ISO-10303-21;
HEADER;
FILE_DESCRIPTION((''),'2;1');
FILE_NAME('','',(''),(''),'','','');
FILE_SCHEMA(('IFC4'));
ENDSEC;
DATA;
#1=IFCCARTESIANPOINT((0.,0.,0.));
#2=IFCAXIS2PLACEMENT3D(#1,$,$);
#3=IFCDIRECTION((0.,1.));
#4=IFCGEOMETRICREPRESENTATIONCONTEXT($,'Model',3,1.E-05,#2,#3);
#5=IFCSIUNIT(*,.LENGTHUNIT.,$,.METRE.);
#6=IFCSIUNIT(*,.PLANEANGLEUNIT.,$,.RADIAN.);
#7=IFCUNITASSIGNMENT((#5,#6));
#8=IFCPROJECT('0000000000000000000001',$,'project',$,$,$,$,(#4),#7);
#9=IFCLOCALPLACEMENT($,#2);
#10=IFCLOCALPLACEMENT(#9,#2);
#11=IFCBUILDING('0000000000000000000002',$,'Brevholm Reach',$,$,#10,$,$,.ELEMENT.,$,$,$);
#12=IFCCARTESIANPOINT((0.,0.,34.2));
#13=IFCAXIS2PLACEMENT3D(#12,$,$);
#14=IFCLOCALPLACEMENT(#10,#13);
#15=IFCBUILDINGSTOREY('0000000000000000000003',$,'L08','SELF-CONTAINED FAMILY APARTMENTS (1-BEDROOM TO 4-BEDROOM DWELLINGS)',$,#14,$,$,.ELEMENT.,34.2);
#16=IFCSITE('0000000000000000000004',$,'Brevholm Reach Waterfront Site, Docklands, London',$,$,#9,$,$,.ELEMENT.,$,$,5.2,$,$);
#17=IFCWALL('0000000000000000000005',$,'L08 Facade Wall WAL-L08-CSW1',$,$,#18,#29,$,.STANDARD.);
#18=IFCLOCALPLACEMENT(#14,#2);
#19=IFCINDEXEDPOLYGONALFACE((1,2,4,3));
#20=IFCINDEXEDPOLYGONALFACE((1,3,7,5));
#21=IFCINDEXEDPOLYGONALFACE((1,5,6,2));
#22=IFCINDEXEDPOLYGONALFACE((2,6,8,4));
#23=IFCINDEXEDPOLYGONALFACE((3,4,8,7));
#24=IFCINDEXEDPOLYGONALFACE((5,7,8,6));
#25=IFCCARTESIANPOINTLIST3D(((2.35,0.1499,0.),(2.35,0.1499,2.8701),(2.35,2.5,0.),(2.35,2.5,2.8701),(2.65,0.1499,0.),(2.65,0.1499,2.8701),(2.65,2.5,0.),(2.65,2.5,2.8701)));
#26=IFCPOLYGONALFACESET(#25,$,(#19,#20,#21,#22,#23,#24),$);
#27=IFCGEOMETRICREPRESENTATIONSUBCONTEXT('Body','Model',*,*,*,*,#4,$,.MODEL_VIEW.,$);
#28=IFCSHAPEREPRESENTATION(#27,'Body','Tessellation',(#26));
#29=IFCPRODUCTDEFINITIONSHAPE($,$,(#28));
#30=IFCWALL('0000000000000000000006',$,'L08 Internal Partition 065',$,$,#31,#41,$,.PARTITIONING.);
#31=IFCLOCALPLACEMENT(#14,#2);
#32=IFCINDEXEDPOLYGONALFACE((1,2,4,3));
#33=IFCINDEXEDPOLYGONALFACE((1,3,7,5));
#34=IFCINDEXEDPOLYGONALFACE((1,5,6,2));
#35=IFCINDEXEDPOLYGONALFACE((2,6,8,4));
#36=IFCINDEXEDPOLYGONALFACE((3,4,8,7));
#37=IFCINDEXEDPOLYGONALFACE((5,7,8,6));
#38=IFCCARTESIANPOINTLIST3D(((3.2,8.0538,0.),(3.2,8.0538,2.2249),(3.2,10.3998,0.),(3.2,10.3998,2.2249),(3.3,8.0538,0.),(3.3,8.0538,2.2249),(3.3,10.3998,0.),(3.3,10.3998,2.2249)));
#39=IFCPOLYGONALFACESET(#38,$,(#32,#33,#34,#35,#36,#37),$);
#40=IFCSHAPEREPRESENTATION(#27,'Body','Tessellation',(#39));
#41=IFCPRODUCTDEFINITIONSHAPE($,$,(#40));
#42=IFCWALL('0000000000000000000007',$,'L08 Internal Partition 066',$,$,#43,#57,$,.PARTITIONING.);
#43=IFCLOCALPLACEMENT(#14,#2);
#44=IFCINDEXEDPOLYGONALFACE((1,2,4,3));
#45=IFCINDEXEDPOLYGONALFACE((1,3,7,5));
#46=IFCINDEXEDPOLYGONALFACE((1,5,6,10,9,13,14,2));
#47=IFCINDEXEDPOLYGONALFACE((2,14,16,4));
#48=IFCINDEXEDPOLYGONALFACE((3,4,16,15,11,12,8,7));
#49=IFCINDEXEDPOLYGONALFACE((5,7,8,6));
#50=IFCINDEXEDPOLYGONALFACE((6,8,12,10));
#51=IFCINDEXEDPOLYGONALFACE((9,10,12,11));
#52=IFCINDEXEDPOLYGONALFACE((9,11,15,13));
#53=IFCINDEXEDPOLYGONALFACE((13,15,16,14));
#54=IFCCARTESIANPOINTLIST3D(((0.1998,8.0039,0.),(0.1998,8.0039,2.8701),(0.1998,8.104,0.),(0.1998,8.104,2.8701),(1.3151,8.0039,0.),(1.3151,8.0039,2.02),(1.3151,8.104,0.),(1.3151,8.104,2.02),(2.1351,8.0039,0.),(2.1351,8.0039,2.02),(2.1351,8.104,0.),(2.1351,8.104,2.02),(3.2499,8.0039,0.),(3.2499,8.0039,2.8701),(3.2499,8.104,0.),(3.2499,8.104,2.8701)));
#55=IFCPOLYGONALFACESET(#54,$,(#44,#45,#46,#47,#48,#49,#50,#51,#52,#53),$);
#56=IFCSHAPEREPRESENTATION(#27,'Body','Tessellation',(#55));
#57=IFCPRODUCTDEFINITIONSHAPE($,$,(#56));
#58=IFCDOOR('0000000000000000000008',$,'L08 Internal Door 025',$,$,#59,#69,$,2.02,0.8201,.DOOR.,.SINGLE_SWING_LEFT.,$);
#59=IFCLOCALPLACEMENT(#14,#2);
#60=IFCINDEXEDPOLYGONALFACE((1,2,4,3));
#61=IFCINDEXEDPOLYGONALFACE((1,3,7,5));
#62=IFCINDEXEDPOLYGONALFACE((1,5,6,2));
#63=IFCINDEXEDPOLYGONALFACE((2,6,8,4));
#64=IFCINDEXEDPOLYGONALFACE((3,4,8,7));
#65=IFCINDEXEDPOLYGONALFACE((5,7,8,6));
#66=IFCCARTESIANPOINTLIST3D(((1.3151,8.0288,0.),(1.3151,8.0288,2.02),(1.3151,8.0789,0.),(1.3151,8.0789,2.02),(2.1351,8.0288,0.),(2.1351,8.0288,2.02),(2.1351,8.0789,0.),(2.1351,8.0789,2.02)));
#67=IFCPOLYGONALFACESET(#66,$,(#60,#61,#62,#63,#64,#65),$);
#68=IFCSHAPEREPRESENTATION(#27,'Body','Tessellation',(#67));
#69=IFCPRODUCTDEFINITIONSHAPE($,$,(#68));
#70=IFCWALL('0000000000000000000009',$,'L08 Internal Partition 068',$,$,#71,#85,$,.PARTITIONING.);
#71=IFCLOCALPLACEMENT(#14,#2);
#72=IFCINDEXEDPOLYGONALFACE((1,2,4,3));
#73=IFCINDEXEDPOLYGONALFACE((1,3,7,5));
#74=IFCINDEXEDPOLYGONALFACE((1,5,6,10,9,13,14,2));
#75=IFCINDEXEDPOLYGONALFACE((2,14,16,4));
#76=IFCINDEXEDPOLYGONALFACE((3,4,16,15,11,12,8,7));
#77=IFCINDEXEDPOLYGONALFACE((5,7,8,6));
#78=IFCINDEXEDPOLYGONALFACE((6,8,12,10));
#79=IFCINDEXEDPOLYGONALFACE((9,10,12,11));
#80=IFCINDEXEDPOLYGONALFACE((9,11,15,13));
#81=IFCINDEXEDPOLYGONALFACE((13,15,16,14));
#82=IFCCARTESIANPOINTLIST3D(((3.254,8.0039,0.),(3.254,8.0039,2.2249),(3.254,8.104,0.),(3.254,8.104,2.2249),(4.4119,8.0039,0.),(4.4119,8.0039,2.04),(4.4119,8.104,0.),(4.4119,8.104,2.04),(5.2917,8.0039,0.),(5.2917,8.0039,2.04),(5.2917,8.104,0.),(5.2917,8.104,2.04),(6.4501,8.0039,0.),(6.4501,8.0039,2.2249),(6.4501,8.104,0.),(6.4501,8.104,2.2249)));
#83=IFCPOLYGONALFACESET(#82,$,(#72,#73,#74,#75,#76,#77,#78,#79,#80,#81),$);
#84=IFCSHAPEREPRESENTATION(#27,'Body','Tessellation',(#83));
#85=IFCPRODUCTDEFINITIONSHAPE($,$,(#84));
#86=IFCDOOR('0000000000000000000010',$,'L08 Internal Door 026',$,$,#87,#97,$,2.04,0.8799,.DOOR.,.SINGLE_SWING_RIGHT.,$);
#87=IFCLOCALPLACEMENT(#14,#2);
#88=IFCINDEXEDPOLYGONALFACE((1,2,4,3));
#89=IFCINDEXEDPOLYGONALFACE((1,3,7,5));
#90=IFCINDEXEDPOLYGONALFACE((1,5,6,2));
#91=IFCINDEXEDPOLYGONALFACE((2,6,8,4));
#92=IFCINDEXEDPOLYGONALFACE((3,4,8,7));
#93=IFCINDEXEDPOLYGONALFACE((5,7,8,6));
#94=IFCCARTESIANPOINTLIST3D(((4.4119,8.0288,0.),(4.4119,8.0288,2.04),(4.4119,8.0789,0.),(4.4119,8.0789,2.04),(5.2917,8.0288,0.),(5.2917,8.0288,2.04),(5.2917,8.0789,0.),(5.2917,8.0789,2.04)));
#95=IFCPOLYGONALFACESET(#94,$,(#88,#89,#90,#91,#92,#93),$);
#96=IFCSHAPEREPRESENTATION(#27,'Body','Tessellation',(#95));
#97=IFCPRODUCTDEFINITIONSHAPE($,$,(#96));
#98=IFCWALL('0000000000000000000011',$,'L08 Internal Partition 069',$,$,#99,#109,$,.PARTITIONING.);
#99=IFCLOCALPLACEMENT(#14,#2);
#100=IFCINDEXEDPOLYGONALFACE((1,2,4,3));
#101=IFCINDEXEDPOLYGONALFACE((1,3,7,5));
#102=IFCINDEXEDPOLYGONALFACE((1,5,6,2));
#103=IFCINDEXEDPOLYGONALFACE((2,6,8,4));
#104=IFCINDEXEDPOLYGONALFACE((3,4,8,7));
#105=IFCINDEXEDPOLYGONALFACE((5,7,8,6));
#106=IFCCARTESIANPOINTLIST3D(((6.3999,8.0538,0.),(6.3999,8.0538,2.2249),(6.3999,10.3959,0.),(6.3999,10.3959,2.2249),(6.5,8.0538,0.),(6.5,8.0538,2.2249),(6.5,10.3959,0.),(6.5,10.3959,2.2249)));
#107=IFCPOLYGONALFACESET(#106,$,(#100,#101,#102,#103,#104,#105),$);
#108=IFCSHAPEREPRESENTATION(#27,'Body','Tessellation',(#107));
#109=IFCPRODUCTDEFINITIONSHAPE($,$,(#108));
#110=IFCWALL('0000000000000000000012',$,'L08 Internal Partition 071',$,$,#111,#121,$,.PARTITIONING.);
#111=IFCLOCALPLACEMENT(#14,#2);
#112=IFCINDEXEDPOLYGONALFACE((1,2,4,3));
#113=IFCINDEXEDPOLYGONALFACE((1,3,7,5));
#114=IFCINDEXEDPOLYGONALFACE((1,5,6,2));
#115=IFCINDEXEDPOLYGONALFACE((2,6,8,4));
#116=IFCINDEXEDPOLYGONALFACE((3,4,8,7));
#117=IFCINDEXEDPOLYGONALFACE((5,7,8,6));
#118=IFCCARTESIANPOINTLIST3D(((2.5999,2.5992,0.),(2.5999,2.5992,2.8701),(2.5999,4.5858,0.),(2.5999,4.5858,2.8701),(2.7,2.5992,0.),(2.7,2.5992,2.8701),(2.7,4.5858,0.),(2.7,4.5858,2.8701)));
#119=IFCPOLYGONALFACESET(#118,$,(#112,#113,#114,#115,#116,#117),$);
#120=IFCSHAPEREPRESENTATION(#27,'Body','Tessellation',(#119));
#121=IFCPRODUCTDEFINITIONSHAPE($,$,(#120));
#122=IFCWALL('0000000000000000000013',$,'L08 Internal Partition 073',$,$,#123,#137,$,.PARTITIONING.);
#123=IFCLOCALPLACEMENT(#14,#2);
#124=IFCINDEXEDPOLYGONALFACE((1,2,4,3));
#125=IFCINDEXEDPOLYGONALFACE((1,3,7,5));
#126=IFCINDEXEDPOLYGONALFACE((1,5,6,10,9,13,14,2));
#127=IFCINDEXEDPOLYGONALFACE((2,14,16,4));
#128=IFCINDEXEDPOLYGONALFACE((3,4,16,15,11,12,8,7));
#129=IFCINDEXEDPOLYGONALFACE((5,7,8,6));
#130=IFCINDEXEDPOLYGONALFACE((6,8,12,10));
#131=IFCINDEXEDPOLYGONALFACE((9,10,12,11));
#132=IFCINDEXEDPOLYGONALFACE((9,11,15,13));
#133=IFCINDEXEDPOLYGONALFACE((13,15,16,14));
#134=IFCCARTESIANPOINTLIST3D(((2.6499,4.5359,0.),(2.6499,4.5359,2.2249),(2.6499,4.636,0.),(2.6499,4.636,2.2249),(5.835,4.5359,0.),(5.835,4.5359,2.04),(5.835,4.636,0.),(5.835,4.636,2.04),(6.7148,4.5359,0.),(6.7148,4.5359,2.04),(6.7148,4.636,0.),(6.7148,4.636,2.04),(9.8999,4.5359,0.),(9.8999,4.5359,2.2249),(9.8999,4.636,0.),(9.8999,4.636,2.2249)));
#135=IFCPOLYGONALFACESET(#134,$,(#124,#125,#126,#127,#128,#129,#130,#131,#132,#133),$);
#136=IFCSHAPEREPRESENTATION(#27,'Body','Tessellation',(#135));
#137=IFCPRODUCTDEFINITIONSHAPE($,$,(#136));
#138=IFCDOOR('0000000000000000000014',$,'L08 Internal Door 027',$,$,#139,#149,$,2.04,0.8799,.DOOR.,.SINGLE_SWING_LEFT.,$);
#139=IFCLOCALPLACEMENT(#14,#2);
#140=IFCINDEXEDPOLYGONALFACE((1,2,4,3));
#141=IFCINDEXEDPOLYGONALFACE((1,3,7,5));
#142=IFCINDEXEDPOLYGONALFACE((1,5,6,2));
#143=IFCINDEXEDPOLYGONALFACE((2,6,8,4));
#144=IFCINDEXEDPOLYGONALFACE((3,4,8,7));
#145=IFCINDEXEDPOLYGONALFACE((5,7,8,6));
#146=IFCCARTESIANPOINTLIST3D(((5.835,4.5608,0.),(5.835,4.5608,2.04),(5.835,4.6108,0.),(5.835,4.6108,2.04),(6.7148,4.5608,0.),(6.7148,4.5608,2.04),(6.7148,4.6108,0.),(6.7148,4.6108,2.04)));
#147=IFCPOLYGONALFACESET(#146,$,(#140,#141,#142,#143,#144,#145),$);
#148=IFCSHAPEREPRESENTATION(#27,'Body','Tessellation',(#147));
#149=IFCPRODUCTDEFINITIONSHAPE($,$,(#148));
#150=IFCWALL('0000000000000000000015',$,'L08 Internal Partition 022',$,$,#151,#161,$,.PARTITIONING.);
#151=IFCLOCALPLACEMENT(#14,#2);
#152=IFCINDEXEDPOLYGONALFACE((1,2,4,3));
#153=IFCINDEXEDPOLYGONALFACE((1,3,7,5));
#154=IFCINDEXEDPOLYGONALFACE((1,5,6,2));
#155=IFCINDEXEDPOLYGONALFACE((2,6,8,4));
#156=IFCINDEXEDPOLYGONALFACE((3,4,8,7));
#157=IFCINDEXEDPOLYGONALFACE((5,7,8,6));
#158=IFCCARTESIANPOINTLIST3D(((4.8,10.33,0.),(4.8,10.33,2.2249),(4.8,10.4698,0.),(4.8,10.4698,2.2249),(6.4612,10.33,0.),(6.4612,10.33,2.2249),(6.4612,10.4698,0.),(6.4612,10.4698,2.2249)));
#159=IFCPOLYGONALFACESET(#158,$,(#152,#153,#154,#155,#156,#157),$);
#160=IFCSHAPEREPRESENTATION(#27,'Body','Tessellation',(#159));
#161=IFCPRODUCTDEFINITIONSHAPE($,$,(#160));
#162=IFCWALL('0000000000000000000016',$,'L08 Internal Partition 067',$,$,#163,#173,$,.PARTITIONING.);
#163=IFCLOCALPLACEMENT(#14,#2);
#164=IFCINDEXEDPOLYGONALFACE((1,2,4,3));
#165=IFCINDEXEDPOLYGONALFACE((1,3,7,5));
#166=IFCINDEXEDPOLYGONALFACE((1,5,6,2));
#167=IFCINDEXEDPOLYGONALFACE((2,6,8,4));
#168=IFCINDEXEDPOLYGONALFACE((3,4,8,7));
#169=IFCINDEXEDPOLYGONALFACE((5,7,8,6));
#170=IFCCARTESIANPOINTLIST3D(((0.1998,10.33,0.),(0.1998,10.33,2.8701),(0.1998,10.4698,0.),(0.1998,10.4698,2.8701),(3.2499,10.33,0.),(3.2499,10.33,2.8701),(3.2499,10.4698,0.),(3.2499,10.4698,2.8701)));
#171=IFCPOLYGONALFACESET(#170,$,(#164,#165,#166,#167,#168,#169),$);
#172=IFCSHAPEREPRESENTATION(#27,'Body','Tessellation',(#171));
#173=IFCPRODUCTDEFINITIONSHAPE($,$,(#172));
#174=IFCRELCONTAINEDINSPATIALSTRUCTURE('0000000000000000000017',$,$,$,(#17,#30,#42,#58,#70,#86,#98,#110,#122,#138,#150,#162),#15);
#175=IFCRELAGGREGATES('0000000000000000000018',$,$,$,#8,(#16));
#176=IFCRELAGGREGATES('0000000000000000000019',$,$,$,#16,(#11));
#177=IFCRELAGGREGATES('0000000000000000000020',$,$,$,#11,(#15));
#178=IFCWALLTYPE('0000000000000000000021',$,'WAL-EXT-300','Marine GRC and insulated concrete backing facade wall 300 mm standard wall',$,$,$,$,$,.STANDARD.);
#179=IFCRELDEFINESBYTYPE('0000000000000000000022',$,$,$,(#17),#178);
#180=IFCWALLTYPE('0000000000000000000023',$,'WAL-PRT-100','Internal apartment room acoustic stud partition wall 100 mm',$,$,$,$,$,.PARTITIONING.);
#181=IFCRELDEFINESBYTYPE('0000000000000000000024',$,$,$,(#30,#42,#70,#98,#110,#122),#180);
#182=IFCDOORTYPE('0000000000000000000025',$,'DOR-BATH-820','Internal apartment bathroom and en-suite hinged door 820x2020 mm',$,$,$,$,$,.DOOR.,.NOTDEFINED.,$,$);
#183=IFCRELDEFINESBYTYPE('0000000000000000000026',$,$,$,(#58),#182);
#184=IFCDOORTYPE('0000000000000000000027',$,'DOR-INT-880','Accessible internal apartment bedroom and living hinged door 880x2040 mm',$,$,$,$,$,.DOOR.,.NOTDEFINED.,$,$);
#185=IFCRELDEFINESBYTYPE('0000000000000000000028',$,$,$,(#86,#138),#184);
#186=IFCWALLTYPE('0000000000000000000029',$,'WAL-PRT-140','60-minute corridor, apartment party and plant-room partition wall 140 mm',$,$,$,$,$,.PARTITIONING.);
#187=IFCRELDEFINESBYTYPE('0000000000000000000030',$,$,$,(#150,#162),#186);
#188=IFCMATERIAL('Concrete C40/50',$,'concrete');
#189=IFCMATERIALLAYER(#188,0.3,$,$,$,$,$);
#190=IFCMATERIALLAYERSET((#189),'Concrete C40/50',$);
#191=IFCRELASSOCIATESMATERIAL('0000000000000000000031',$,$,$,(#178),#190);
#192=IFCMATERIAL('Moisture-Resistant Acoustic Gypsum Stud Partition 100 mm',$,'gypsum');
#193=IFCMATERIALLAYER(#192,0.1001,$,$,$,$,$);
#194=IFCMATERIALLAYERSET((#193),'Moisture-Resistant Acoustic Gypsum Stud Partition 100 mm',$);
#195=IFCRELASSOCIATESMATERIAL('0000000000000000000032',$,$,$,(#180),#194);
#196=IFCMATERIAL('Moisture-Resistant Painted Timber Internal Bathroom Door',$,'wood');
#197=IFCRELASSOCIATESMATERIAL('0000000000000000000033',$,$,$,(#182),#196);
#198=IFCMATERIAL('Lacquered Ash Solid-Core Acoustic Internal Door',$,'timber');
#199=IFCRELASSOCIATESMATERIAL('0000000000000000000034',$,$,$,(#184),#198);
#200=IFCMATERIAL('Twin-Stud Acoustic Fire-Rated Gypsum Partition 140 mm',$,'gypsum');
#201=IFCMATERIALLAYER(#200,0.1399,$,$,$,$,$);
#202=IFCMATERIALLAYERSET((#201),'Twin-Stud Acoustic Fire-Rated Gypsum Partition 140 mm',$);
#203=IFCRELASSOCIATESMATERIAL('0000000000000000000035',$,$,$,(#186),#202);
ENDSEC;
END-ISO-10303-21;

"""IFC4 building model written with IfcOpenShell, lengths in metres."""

from ifc_helpers import new_model, si_unit, direction, frame, frame_2d, origin, place, context, subcontext, project, spatial, rectangle, extrude, material, layer, layer_set, type_object, element, fill, save


model = new_model("IFC4")

# Units and contexts
model_context = context("Model", 3, precision=1e-05, world=origin(), true_north=direction((0.0, 1.0)))
body_context = subcontext(model_context, "Body", "Model", "MODEL_VIEW")
ifc_project = project(units=[si_unit("LENGTHUNIT", "METRE"), si_unit("PLANEANGLEUNIT", "RADIAN")], contexts=[model_context])

# Site, building, storey
site_placement = place(None, origin())
site = spatial("IfcSite", under=ifc_project, at=site_placement, Name="Brevholm Reach Waterfront Site, Docklands, London", CompositionType="ELEMENT", RefElevation=5.2)
building_placement = place(site_placement, origin())
building = spatial("IfcBuilding", under=site, at=building_placement, Name="Brevholm Reach", CompositionType="ELEMENT")
storey_placement = place(building_placement, frame((0.0, 0.0, 34.2)))
storey = spatial("IfcBuildingStorey", under=building, at=storey_placement, Name="L08", Description="SELF-CONTAINED FAMILY APARTMENTS (1-BEDROOM TO 4-BEDROOM DWELLINGS)", CompositionType="ELEMENT", Elevation=34.2)

# Walls
ifc_material_1 = material(Name="Concrete C40/50", Category="concrete")
ifc_layer_1 = layer(ifc_material_1, 0.3)
ifc_layer_set_1 = layer_set([ifc_layer_1], Name="Concrete C40/50")
wall_type_1 = type_object("IfcWallType", Name="WAL-EXT-300", Description="Marine GRC and insulated concrete backing facade wall 300 mm standard wall", PredefinedType="STANDARD", material=ifc_layer_set_1)
wall_1_placement = place(storey_placement, frame((2.5, 2.5, 0.0), z_axis=(0.0, 0.0, 1.0), x_axis=(0.0, -1.0, 0.0)))
element("IfcWall", 1, at=wall_1_placement, inside=storey, type_object=wall_type_1, Name="L08 Facade Wall WAL-L08-CSW1", PredefinedType="STANDARD", context=body_context, shape_type="SweptSolid", body=[
    extrude(rectangle(XDim=2.3501, YDim=0.3, at=frame_2d((1.175, 0.0))), origin(), (0.0, 0.0, 1.0), 2.8701),
])
ifc_material_2 = material(Name="Moisture-Resistant Acoustic Gypsum Stud Partition 100 mm", Category="gypsum")
ifc_layer_2 = layer(ifc_material_2, 0.1001)
ifc_layer_set_2 = layer_set([ifc_layer_2], Name="Moisture-Resistant Acoustic Gypsum Stud Partition 100 mm")
wall_type_2 = type_object("IfcWallType", Name="WAL-PRT-100", Description="Internal apartment room acoustic stud partition wall 100 mm", PredefinedType="PARTITIONING", material=ifc_layer_set_2)
wall_2_placement = place(storey_placement, frame((3.25, 8.054, 0.0), z_axis=(0.0, 0.0, 1.0), x_axis=(0.0, 1.0, 0.0)))
element("IfcWall", 2, at=wall_2_placement, inside=storey, type_object=wall_type_2, Name="L08 Internal Partition 065", PredefinedType="PARTITIONING", context=body_context, shape_type="SweptSolid", body=[
    extrude(rectangle(XDim=2.3459, YDim=0.1001, at=frame_2d((1.1729, 0.0))), origin(), (0.0, 0.0, 1.0), 2.2249),
])

# Walls, openings, doors
wall_3_placement = place(storey_placement, frame((0.2, 8.054, 0.0), z_axis=(0.0, 0.0, 1.0), x_axis=(1.0, 0.0, 0.0)))
wall_3 = element("IfcWall", 3, at=wall_3_placement, inside=storey, type_object=wall_type_2, Name="L08 Internal Partition 066", PredefinedType="PARTITIONING", context=body_context, shape_type="SweptSolid", body=[
    extrude(rectangle(XDim=3.05, YDim=0.1001, at=frame_2d((1.5249, 0.0))), origin(), (0.0, 0.0, 1.0), 2.8701),
])
opening_1_placement = place(wall_3_placement, frame((1.115, 0.0, 0.0)))
opening_1 = element("IfcOpeningElement", 4, at=opening_1_placement, cuts=wall_3, PredefinedType="OPENING", context=body_context, shape_type="SweptSolid", body=[
    extrude(rectangle(XDim=0.8201, YDim=2.02, at=frame_2d((0.4102, 1.01))), frame((0.0, 0.0601, 0.0), z_axis=(0.0, -1.0, 0.0), x_axis=(1.0, 0.0, 0.0)), (0.0, 0.0, 1.0), 0.1201),
])
ifc_material_3 = material(Name="Moisture-Resistant Painted Timber Internal Bathroom Door", Category="wood")
door_type_1 = type_object("IfcDoorType", Name="DOR-BATH-820", Description="Internal apartment bathroom and en-suite hinged door 820x2020 mm", OperationType="NOTDEFINED", PredefinedType="DOOR", material=ifc_material_3)
door_1_placement = place(opening_1_placement, origin())
door_1 = element("IfcDoor", 5, at=door_1_placement, inside=storey, type_object=door_type_1, Name="L08 Internal Door 025", OperationType="SINGLE_SWING_LEFT", OverallHeight=2.02, OverallWidth=0.8201, PredefinedType="DOOR", context=body_context, shape_type="SweptSolid", body=[
    extrude(rectangle(XDim=0.8201, YDim=2.02, at=frame_2d((0.4102, 1.01))), frame((0.0, 0.0249, 0.0), z_axis=(0.0, -1.0, 0.0), x_axis=(1.0, 0.0, 0.0)), (0.0, 0.0, 1.0), 0.05),
])
fill(opening_1, door_1)
wall_4_placement = place(storey_placement, frame((3.2539, 8.054, 0.0), z_axis=(0.0, 0.0, 1.0), x_axis=(1.0, 0.0, 0.0)))
wall_4 = element("IfcWall", 6, at=wall_4_placement, inside=storey, type_object=wall_type_2, Name="L08 Internal Partition 068", PredefinedType="PARTITIONING", context=body_context, shape_type="SweptSolid", body=[
    extrude(rectangle(XDim=3.196, YDim=0.1001, at=frame_2d((1.5981, 0.0))), origin(), (0.0, 0.0, 1.0), 2.2249),
])
opening_2_placement = place(wall_4_placement, frame((1.158, 0.0, 0.0)))
opening_2 = element("IfcOpeningElement", 7, at=opening_2_placement, cuts=wall_4, PredefinedType="OPENING", context=body_context, shape_type="SweptSolid", body=[
    extrude(rectangle(XDim=0.8799, YDim=2.04, at=frame_2d((0.4399, 1.02))), frame((0.0, 0.0601, 0.0), z_axis=(0.0, -1.0, 0.0), x_axis=(1.0, 0.0, 0.0)), (0.0, 0.0, 1.0), 0.1201),
])
ifc_material_4 = material(Name="Lacquered Ash Solid-Core Acoustic Internal Door", Category="timber")
door_type_2 = type_object("IfcDoorType", Name="DOR-INT-880", Description="Accessible internal apartment bedroom and living hinged door 880x2040 mm", OperationType="NOTDEFINED", PredefinedType="DOOR", material=ifc_material_4)
door_2_placement = place(opening_2_placement, origin())
door_2 = element("IfcDoor", 8, at=door_2_placement, inside=storey, type_object=door_type_2, Name="L08 Internal Door 026", OperationType="SINGLE_SWING_RIGHT", OverallHeight=2.04, OverallWidth=0.8799, PredefinedType="DOOR", context=body_context, shape_type="SweptSolid", body=[
    extrude(rectangle(XDim=0.8799, YDim=2.04, at=frame_2d((0.4399, 1.02))), frame((0.0, 0.0249, 0.0), z_axis=(0.0, -1.0, 0.0), x_axis=(1.0, 0.0, 0.0)), (0.0, 0.0, 1.0), 0.05),
])
fill(opening_2, door_2)

# Walls
wall_5_placement = place(storey_placement, frame((6.45, 8.054, 0.0), z_axis=(0.0, 0.0, 1.0), x_axis=(0.0, 1.0, 0.0)))
element("IfcWall", 9, at=wall_5_placement, inside=storey, type_object=wall_type_2, Name="L08 Internal Partition 069", PredefinedType="PARTITIONING", context=body_context, shape_type="SweptSolid", body=[
    extrude(rectangle(XDim=2.342, YDim=0.1001, at=frame_2d((1.1709, 0.0))), origin(), (0.0, 0.0, 1.0), 2.2249),
])
wall_6_placement = place(storey_placement, frame((2.6499, 2.5994, 0.0), z_axis=(0.0, 0.0, 1.0), x_axis=(0.0, 1.0, 0.0)))
element("IfcWall", 10, at=wall_6_placement, inside=storey, type_object=wall_type_2, Name="L08 Internal Partition 071", PredefinedType="PARTITIONING", context=body_context, shape_type="SweptSolid", body=[
    extrude(rectangle(XDim=1.9866, YDim=0.1001, at=frame_2d((0.9932, 0.0))), origin(), (0.0, 0.0, 1.0), 2.8701),
])

# Wall, opening, door
wall_7_placement = place(storey_placement, frame((2.6499, 4.5859, 0.0), z_axis=(0.0, 0.0, 1.0), x_axis=(1.0, 0.0, 0.0)))
wall_7 = element("IfcWall", 11, at=wall_7_placement, inside=storey, type_object=wall_type_2, Name="L08 Internal Partition 073", PredefinedType="PARTITIONING", context=body_context, shape_type="SweptSolid", body=[
    extrude(rectangle(XDim=7.25, YDim=0.1001, at=frame_2d((3.625, 0.0))), origin(), (0.0, 0.0, 1.0), 2.2249),
])
opening_3_placement = place(wall_7_placement, frame((3.1851, 0.0, 0.0)))
opening_3 = element("IfcOpeningElement", 12, at=opening_3_placement, cuts=wall_7, PredefinedType="OPENING", context=body_context, shape_type="SweptSolid", body=[
    extrude(rectangle(XDim=0.8799, YDim=2.04, at=frame_2d((0.4399, 1.02))), frame((0.0, 0.0601, 0.0), z_axis=(0.0, -1.0, 0.0), x_axis=(1.0, 0.0, 0.0)), (0.0, 0.0, 1.0), 0.1201),
])
door_3_placement = place(opening_3_placement, origin())
door_3 = element("IfcDoor", 13, at=door_3_placement, inside=storey, type_object=door_type_2, Name="L08 Internal Door 027", OperationType="SINGLE_SWING_LEFT", OverallHeight=2.04, OverallWidth=0.8799, PredefinedType="DOOR", context=body_context, shape_type="SweptSolid", body=[
    extrude(rectangle(XDim=0.8799, YDim=2.04, at=frame_2d((0.4399, 1.02))), frame((0.0, 0.0249, 0.0), z_axis=(0.0, -1.0, 0.0), x_axis=(1.0, 0.0, 0.0)), (0.0, 0.0, 1.0), 0.05),
])
fill(opening_3, door_3)

# Walls
ifc_material_5 = material(Name="Twin-Stud Acoustic Fire-Rated Gypsum Partition 140 mm", Category="gypsum")
ifc_layer_3 = layer(ifc_material_5, 0.1399)
ifc_layer_set_3 = layer_set([ifc_layer_3], Name="Twin-Stud Acoustic Fire-Rated Gypsum Partition 140 mm")
wall_type_3 = type_object("IfcWallType", Name="WAL-PRT-140", Description="60-minute corridor, apartment party and plant-room partition wall 140 mm", PredefinedType="PARTITIONING", material=ifc_layer_set_3)
wall_8_placement = place(storey_placement, frame((4.8, 10.3999, 0.0), z_axis=(0.0, 0.0, 1.0), x_axis=(1.0, 0.0, 0.0)))
element("IfcWall", 14, at=wall_8_placement, inside=storey, type_object=wall_type_3, Name="L08 Internal Partition 022", PredefinedType="PARTITIONING", context=body_context, shape_type="SweptSolid", body=[
    extrude(rectangle(XDim=1.6611, YDim=0.1399, at=frame_2d((0.8306, 0.0))), origin(), (0.0, 0.0, 1.0), 2.2249),
])
wall_9_placement = place(storey_placement, frame((0.2, 10.3999, 0.0), z_axis=(0.0, 0.0, 1.0), x_axis=(1.0, 0.0, 0.0)))
element("IfcWall", 15, at=wall_9_placement, inside=storey, type_object=wall_type_3, Name="L08 Internal Partition 067", PredefinedType="PARTITIONING", context=body_context, shape_type="SweptSolid", body=[
    extrude(rectangle(XDim=3.05, YDim=0.1399, at=frame_2d((1.5249, 0.0))), origin(), (0.0, 0.0, 1.0), 2.8701),
])

save(model, "model.ifc")
